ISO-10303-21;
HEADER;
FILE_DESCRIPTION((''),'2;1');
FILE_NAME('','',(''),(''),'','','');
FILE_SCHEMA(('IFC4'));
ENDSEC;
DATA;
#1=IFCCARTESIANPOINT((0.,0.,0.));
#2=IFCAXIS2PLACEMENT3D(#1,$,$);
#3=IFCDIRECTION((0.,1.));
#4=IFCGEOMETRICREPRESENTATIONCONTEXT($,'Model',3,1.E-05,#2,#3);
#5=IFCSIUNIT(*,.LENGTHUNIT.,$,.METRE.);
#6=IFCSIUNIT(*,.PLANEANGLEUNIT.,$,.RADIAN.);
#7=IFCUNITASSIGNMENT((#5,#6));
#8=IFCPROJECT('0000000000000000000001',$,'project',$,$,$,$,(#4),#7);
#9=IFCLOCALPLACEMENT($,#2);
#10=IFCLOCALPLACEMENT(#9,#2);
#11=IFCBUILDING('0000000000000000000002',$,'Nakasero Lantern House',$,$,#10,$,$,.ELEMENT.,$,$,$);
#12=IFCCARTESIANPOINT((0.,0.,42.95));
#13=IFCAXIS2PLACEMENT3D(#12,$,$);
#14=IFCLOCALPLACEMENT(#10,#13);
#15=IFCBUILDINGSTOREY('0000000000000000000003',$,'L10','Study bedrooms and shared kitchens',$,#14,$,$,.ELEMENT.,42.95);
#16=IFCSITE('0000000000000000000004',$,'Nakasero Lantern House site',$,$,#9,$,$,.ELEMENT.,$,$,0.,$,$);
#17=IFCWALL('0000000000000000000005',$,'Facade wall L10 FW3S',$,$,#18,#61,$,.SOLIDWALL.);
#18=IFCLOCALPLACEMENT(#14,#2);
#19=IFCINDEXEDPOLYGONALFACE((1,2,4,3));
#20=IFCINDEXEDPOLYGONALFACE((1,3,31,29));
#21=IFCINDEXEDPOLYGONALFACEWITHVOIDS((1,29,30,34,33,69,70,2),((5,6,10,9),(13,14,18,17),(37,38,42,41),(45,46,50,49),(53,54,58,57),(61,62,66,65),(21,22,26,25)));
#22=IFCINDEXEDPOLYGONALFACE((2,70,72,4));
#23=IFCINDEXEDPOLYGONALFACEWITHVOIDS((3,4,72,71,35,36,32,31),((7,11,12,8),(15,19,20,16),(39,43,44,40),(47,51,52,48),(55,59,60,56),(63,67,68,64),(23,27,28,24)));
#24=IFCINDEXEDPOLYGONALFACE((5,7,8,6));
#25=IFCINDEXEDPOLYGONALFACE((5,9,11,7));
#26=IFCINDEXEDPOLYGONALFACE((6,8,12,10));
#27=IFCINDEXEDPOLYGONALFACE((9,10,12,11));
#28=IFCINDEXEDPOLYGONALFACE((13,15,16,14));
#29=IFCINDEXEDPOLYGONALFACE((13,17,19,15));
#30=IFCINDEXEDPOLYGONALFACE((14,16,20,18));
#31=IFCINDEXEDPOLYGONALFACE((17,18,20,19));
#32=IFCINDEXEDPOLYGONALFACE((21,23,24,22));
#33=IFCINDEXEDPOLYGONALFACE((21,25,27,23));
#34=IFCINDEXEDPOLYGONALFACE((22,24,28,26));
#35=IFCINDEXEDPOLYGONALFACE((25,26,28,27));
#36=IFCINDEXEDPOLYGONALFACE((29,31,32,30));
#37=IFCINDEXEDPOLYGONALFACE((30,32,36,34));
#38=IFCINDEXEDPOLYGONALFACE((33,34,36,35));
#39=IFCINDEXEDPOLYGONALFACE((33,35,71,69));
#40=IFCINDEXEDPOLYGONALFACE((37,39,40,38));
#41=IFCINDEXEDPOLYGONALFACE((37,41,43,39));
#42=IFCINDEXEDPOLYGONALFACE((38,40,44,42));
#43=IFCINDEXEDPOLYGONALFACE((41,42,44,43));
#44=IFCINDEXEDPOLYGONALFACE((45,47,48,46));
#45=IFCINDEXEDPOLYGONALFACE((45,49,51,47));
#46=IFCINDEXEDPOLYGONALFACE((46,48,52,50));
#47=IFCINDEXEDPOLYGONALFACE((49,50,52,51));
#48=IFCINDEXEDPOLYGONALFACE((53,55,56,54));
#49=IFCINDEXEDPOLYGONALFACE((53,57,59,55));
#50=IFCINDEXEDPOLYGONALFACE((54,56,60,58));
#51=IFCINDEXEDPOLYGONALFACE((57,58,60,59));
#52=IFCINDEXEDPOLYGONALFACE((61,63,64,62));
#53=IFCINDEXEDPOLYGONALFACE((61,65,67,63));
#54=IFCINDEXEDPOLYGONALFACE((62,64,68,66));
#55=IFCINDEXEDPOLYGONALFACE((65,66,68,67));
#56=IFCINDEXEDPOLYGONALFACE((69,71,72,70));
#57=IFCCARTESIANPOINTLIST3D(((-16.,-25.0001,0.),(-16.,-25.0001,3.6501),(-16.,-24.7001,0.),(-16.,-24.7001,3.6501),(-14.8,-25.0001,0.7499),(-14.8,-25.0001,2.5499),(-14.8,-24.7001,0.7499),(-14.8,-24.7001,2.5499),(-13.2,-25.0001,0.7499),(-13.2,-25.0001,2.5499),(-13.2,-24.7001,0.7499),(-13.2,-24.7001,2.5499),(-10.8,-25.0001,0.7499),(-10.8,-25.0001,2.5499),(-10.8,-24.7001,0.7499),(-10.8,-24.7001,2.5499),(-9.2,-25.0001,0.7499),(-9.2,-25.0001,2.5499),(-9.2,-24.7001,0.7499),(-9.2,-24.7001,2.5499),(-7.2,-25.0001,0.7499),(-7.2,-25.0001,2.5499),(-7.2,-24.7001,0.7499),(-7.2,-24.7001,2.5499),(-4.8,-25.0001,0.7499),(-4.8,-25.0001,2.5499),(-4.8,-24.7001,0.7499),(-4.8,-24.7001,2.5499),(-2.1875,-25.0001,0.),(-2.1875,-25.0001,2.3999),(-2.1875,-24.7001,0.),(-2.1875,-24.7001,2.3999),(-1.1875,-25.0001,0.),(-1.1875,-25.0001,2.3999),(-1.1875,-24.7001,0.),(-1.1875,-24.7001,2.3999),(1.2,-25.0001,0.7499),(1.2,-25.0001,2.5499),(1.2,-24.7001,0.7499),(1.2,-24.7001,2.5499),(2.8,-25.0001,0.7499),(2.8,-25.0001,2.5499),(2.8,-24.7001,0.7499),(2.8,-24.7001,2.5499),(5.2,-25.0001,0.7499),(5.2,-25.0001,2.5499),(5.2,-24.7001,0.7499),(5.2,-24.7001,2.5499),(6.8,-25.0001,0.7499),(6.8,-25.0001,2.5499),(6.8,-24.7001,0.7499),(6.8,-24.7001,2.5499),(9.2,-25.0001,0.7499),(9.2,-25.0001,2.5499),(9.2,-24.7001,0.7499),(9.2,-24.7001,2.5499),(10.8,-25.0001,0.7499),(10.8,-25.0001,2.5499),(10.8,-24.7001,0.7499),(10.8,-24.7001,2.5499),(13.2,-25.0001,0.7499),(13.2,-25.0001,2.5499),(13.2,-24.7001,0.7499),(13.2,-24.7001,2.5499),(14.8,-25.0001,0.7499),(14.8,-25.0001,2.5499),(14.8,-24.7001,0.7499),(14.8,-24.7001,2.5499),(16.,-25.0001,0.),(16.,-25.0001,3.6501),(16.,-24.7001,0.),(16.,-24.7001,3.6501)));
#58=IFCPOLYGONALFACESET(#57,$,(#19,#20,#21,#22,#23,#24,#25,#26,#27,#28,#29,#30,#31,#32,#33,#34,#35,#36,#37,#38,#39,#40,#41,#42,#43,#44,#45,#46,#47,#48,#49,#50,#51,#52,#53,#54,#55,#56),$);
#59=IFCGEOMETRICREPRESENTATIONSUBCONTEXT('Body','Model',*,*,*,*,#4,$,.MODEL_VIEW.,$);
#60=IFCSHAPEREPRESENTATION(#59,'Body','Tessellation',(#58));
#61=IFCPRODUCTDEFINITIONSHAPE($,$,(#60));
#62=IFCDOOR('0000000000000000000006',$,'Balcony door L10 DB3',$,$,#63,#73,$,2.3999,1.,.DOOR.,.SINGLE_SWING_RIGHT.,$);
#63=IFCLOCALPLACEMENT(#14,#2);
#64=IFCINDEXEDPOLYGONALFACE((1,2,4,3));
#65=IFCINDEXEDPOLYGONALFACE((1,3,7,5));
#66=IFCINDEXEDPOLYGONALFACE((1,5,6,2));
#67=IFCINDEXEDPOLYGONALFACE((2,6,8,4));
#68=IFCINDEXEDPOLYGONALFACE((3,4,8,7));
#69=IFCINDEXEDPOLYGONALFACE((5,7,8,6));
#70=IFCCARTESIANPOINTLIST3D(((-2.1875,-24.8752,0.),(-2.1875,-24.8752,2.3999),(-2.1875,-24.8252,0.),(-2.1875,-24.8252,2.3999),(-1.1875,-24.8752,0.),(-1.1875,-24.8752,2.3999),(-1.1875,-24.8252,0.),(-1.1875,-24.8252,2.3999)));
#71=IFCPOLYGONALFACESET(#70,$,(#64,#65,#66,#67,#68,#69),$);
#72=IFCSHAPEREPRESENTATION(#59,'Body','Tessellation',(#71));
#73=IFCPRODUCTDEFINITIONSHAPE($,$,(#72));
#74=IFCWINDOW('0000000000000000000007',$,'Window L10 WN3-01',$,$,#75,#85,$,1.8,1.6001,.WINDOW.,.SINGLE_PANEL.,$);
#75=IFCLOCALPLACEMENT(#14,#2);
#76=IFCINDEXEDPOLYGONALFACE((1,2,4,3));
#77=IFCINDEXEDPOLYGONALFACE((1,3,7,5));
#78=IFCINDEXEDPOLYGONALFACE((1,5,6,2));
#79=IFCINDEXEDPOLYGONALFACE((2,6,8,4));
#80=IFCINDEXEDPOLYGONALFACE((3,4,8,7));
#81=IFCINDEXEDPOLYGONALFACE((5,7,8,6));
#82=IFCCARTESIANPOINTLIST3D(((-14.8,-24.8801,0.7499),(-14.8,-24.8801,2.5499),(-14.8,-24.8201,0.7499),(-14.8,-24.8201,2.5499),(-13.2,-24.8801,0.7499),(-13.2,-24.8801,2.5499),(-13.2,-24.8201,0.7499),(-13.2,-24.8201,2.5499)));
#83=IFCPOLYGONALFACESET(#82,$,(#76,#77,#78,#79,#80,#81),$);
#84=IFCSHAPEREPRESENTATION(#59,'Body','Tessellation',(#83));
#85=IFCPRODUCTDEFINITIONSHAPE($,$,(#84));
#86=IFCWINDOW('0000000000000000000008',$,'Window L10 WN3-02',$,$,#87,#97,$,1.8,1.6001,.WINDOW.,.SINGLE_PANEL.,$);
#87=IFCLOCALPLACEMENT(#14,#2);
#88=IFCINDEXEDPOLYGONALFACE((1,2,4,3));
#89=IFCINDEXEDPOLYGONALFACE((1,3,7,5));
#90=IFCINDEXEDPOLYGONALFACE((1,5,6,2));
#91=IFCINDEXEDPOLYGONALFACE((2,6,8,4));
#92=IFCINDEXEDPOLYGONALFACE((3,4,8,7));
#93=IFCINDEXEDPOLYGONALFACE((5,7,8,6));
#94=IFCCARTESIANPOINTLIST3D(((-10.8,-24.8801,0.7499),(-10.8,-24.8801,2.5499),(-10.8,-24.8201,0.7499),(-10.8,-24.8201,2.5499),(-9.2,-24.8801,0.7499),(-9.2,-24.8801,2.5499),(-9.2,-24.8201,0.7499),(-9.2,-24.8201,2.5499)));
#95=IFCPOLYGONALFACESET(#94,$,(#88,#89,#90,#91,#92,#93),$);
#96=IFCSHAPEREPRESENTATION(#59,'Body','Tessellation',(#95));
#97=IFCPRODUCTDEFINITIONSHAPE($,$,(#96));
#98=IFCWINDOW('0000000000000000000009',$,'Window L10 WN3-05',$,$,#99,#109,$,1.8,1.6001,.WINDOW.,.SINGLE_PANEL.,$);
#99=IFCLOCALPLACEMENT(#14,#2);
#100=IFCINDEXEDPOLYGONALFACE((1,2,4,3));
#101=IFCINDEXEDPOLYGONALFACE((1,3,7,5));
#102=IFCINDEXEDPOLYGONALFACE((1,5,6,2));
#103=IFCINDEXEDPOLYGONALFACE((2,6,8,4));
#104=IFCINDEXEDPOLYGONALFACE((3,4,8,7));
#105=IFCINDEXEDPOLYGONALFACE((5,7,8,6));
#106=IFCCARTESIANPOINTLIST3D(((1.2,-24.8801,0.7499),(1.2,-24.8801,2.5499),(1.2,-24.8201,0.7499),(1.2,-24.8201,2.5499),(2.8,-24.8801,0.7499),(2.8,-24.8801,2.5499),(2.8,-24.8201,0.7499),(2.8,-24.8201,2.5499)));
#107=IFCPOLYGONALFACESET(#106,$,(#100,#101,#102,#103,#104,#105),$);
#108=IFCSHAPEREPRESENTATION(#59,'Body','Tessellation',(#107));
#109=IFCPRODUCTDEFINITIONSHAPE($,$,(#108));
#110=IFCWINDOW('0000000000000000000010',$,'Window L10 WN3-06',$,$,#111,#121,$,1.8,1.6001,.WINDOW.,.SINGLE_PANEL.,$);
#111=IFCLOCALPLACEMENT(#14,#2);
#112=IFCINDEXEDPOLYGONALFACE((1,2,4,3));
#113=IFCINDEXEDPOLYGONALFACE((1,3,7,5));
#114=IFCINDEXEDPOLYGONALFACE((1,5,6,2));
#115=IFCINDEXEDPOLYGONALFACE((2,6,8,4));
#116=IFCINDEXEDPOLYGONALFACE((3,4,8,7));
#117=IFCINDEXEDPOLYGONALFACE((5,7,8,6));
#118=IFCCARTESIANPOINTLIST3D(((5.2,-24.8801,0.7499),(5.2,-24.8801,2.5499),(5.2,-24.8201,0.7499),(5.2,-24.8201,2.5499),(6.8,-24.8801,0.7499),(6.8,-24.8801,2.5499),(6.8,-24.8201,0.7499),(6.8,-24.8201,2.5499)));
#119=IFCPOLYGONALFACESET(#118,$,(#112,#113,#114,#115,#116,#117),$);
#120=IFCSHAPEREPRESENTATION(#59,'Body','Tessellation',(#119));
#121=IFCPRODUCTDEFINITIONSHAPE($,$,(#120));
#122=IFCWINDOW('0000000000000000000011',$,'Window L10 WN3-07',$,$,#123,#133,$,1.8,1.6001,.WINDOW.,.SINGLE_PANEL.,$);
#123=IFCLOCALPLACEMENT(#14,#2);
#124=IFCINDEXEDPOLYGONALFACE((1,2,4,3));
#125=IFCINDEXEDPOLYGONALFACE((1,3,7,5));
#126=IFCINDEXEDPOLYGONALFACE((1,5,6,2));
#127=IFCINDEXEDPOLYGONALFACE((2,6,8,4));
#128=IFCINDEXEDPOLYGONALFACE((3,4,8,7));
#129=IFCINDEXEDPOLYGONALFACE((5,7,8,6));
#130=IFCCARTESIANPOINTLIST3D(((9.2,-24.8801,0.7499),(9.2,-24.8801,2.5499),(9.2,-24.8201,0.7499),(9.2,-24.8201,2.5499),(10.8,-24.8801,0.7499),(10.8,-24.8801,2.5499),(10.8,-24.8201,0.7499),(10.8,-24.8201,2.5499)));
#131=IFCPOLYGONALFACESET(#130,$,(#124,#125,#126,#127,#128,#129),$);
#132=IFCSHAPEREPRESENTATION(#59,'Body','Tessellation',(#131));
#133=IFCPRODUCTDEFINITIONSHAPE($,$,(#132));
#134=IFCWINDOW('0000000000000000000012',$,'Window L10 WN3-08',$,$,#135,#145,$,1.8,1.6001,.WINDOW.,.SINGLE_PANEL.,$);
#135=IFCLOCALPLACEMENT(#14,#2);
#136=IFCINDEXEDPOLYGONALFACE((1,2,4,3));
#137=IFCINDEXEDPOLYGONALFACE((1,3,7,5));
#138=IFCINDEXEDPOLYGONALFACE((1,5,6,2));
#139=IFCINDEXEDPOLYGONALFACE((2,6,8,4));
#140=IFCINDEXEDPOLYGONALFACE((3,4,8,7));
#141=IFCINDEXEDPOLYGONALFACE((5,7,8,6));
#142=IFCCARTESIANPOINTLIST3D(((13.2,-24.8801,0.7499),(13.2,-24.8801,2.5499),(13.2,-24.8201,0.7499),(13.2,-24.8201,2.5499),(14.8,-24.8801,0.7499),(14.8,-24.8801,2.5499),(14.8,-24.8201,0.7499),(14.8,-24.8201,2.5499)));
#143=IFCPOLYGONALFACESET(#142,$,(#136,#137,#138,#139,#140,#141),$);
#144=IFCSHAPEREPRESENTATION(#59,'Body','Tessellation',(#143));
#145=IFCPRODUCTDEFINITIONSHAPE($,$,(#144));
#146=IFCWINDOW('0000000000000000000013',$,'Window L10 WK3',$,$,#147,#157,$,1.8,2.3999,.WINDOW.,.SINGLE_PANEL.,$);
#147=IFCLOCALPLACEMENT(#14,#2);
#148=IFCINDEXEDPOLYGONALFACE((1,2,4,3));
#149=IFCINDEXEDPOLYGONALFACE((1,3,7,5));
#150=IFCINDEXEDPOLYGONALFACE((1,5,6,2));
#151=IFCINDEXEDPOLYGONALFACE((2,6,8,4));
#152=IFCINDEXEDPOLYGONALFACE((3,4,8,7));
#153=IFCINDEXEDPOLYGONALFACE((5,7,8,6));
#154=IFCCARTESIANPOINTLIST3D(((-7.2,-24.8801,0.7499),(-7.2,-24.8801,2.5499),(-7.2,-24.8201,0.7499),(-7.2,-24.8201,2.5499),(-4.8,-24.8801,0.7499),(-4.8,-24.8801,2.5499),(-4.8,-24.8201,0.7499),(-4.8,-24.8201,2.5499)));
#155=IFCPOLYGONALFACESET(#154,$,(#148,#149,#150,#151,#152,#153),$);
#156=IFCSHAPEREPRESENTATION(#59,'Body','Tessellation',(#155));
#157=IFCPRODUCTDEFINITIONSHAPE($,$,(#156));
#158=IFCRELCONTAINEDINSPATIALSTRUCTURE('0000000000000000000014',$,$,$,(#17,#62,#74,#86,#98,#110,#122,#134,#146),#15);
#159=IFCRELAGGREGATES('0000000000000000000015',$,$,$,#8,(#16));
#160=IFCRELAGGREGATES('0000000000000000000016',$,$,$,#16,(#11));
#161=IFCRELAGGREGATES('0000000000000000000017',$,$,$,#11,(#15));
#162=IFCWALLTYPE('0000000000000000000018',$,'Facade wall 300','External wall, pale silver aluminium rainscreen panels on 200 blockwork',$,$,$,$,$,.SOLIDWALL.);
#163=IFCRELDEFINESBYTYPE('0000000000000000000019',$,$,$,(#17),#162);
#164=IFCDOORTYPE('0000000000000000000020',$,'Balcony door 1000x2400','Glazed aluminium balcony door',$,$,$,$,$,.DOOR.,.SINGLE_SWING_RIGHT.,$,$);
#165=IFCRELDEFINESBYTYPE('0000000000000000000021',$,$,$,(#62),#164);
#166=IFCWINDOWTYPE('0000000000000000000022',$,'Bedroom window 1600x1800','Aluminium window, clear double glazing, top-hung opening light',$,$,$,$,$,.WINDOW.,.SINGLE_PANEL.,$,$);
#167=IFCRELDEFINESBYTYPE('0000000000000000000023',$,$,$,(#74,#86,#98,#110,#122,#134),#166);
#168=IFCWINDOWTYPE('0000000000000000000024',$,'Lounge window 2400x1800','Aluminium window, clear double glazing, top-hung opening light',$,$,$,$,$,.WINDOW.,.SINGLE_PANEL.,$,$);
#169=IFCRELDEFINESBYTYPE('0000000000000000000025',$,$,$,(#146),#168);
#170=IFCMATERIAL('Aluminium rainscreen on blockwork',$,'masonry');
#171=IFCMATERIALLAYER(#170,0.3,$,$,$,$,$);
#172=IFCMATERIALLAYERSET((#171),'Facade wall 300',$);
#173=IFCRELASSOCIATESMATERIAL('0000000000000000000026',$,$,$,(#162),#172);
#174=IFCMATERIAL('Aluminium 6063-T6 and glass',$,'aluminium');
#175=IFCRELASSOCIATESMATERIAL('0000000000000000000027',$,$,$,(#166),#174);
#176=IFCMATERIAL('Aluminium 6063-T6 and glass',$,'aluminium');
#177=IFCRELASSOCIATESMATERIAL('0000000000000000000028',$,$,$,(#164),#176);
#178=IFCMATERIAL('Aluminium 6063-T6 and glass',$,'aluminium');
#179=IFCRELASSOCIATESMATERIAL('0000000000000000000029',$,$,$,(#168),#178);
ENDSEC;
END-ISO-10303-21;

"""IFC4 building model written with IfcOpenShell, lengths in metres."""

from ifc_helpers import new_model, si_unit, direction, frame, frame_2d, origin, place, context, subcontext, project, spatial, rectangle, extrude, material, layer, layer_set, type_object, element, fill, save


model = new_model("IFC4")

# Units and contexts
model_context = context("Model", 3, precision=1e-05, world=origin(), true_north=direction((0.0, 1.0)))
body_context = subcontext(model_context, "Body", "Model", "MODEL_VIEW")
ifc_project = project(units=[si_unit("LENGTHUNIT", "METRE"), si_unit("PLANEANGLEUNIT", "RADIAN")], contexts=[model_context])

# Site, building, storey
site_placement = place(None, origin())
site = spatial("IfcSite", under=ifc_project, at=site_placement, Name="Nakasero Lantern House site", CompositionType="ELEMENT", RefElevation=0.0)
building_placement = place(site_placement, origin())
building = spatial("IfcBuilding", under=site, at=building_placement, Name="Nakasero Lantern House", CompositionType="ELEMENT")
storey_placement = place(building_placement, frame((0.0, 0.0, 42.95)))
storey = spatial("IfcBuildingStorey", under=building, at=storey_placement, Name="L10", Description="Study bedrooms and shared kitchens", CompositionType="ELEMENT", Elevation=42.95)

# Shared definitions
ifc_material_1 = material(Name="Aluminium rainscreen on blockwork", Category="masonry")
ifc_layer_1 = layer(ifc_material_1, 0.3)
ifc_layer_set_1 = layer_set([ifc_layer_1], Name="Facade wall 300")
wall_type_1 = type_object("IfcWallType", Name="Facade wall 300", Description="External wall, pale silver aluminium rainscreen panels on 200 blockwork", PredefinedType="SOLIDWALL", material=ifc_layer_set_1)
ifc_material_2 = material(Name="Aluminium 6063-T6 and glass", Category="aluminium")
window_type_1 = type_object("IfcWindowType", Name="Bedroom window 1600x1800", Description="Aluminium window, clear double glazing, top-hung opening light", PartitioningType="SINGLE_PANEL", PredefinedType="WINDOW", material=ifc_material_2)

# Wall, openings, door, windows
wall_1_placement = place(storey_placement, frame((-16.0, -24.8501, 0.0), z_axis=(0.0, 0.0, 1.0), x_axis=(1.0, 0.0, 0.0)))
wall_1 = element("IfcWall", 1, at=wall_1_placement, inside=storey, type_object=wall_type_1, Name="Facade wall L10 FW3S", PredefinedType="SOLIDWALL", context=body_context, shape_type="SweptSolid", body=[
    extrude(rectangle(XDim=32.0, YDim=0.3, at=frame_2d((16.0, 0.0))), origin(), (0.0, 0.0, 1.0), 3.6501),
])
opening_1_placement = place(wall_1_placement, frame((1.2, 0.0, 0.75)))
opening_1 = element("IfcOpeningElement", 2, at=opening_1_placement, cuts=wall_1, PredefinedType="OPENING", context=body_context, shape_type="SweptSolid", body=[
    extrude(rectangle(XDim=1.6001, YDim=1.8, at=frame_2d((0.8, 0.8999))), frame((0.0, 0.1699, 0.0), z_axis=(0.0, -1.0, 0.0), x_axis=(1.0, 0.0, 0.0)), (0.0, 0.0, 1.0), 0.3401),
])
opening_2_placement = place(wall_1_placement, frame((5.2, 0.0, 0.75)))
opening_2 = element("IfcOpeningElement", 3, at=opening_2_placement, cuts=wall_1, PredefinedType="OPENING", context=body_context, shape_type="SweptSolid", body=[
    extrude(rectangle(XDim=1.6001, YDim=1.8, at=frame_2d((0.8, 0.8999))), frame((0.0, 0.1699, 0.0), z_axis=(0.0, -1.0, 0.0), x_axis=(1.0, 0.0, 0.0)), (0.0, 0.0, 1.0), 0.3401),
])
opening_3_placement = place(wall_1_placement, frame((17.2, 0.0, 0.75)))
opening_3 = element("IfcOpeningElement", 4, at=opening_3_placement, cuts=wall_1, PredefinedType="OPENING", context=body_context, shape_type="SweptSolid", body=[
    extrude(rectangle(XDim=1.6001, YDim=1.8, at=frame_2d((0.8, 0.8999))), frame((0.0, 0.1699, 0.0), z_axis=(0.0, -1.0, 0.0), x_axis=(1.0, 0.0, 0.0)), (0.0, 0.0, 1.0), 0.3401),
])
opening_4_placement = place(wall_1_placement, frame((21.2, 0.0, 0.75)))
opening_4 = element("IfcOpeningElement", 5, at=opening_4_placement, cuts=wall_1, PredefinedType="OPENING", context=body_context, shape_type="SweptSolid", body=[
    extrude(rectangle(XDim=1.6001, YDim=1.8, at=frame_2d((0.8, 0.8999))), frame((0.0, 0.1699, 0.0), z_axis=(0.0, -1.0, 0.0), x_axis=(1.0, 0.0, 0.0)), (0.0, 0.0, 1.0), 0.3401),
])
opening_5_placement = place(wall_1_placement, frame((25.2, 0.0, 0.75)))
opening_5 = element("IfcOpeningElement", 6, at=opening_5_placement, cuts=wall_1, PredefinedType="OPENING", context=body_context, shape_type="SweptSolid", body=[
    extrude(rectangle(XDim=1.6001, YDim=1.8, at=frame_2d((0.8, 0.8999))), frame((0.0, 0.1699, 0.0), z_axis=(0.0, -1.0, 0.0), x_axis=(1.0, 0.0, 0.0)), (0.0, 0.0, 1.0), 0.3401),
])
opening_6_placement = place(wall_1_placement, frame((29.2, 0.0, 0.75)))
opening_6 = element("IfcOpeningElement", 7, at=opening_6_placement, cuts=wall_1, PredefinedType="OPENING", context=body_context, shape_type="SweptSolid", body=[
    extrude(rectangle(XDim=1.6001, YDim=1.8, at=frame_2d((0.8, 0.8999))), frame((0.0, 0.1699, 0.0), z_axis=(0.0, -1.0, 0.0), x_axis=(1.0, 0.0, 0.0)), (0.0, 0.0, 1.0), 0.3401),
])
opening_7_placement = place(wall_1_placement, frame((8.8, 0.0, 0.75)))
opening_7 = element("IfcOpeningElement", 8, at=opening_7_placement, cuts=wall_1, PredefinedType="OPENING", context=body_context, shape_type="SweptSolid", body=[
    extrude(rectangle(XDim=2.3999, YDim=1.8, at=frame_2d((1.2, 0.8999))), frame((0.0, 0.1699, 0.0), z_axis=(0.0, -1.0, 0.0), x_axis=(1.0, 0.0, 0.0)), (0.0, 0.0, 1.0), 0.3401),
])
opening_8_placement = place(wall_1_placement, frame((13.8125, 0.0, 0.0)))
opening_8 = element("IfcOpeningElement", 9, at=opening_8_placement, cuts=wall_1, PredefinedType="OPENING", context=body_context, shape_type="SweptSolid", body=[
    extrude(rectangle(XDim=1.0, YDim=2.3999, at=frame_2d((0.5, 1.2))), frame((0.0, 0.1699, 0.0), z_axis=(0.0, -1.0, 0.0), x_axis=(1.0, 0.0, 0.0)), (0.0, 0.0, 1.0), 0.3401),
])
ifc_material_3 = material(Name="Aluminium 6063-T6 and glass", Category="aluminium")
door_type_1 = type_object("IfcDoorType", Name="Balcony door 1000x2400", Description="Glazed aluminium balcony door", OperationType="SINGLE_SWING_RIGHT", PredefinedType="DOOR", material=ifc_material_3)
door_1_placement = place(opening_8_placement, origin())
door_1 = element("IfcDoor", 10, at=door_1_placement, inside=storey, type_object=door_type_1, Name="Balcony door L10 DB3", OperationType="SINGLE_SWING_RIGHT", OverallHeight=2.3999, OverallWidth=1.0, PredefinedType="DOOR", context=body_context, shape_type="SweptSolid", body=[
    extrude(rectangle(XDim=1.0, YDim=2.3999, at=frame_2d((0.5, 1.2))), frame((0.0, 0.0249, 0.0), z_axis=(0.0, -1.0, 0.0), x_axis=(1.0, 0.0, 0.0)), (0.0, 0.0, 1.0), 0.05),
])
fill(opening_8, door_1)
window_1_placement = place(opening_1_placement, origin())
window_1 = element("IfcWindow", 11, at=window_1_placement, inside=storey, type_object=window_type_1, Name="Window L10 WN3-01", OverallHeight=1.8, OverallWidth=1.6001, PartitioningType="SINGLE_PANEL", PredefinedType="WINDOW", context=body_context, shape_type="SweptSolid", body=[
    extrude(rectangle(XDim=1.6001, YDim=1.8, at=frame_2d((0.8, 0.8999))), frame((0.0, 0.03, 0.0), z_axis=(0.0, -1.0, 0.0), x_axis=(1.0, 0.0, 0.0)), (0.0, 0.0, 1.0), 0.0601),
])
fill(opening_1, window_1)
window_2_placement = place(opening_2_placement, origin())
window_2 = element("IfcWindow", 12, at=window_2_placement, inside=storey, type_object=window_type_1, Name="Window L10 WN3-02", OverallHeight=1.8, OverallWidth=1.6001, PartitioningType="SINGLE_PANEL", PredefinedType="WINDOW", context=body_context, shape_type="SweptSolid", body=[
    extrude(rectangle(XDim=1.6001, YDim=1.8, at=frame_2d((0.8, 0.8999))), frame((0.0, 0.03, 0.0), z_axis=(0.0, -1.0, 0.0), x_axis=(1.0, 0.0, 0.0)), (0.0, 0.0, 1.0), 0.0601),
])
fill(opening_2, window_2)
window_3_placement = place(opening_3_placement, origin())
window_3 = element("IfcWindow", 13, at=window_3_placement, inside=storey, type_object=window_type_1, Name="Window L10 WN3-05", OverallHeight=1.8, OverallWidth=1.6001, PartitioningType="SINGLE_PANEL", PredefinedType="WINDOW", context=body_context, shape_type="SweptSolid", body=[
    extrude(rectangle(XDim=1.6001, YDim=1.8, at=frame_2d((0.8, 0.8999))), frame((0.0, 0.03, 0.0), z_axis=(0.0, -1.0, 0.0), x_axis=(1.0, 0.0, 0.0)), (0.0, 0.0, 1.0), 0.0601),
])
fill(opening_3, window_3)
window_4_placement = place(opening_4_placement, origin())
window_4 = element("IfcWindow", 14, at=window_4_placement, inside=storey, type_object=window_type_1, Name="Window L10 WN3-06", OverallHeight=1.8, OverallWidth=1.6001, PartitioningType="SINGLE_PANEL", PredefinedType="WINDOW", context=body_context, shape_type="SweptSolid", body=[
    extrude(rectangle(XDim=1.6001, YDim=1.8, at=frame_2d((0.8, 0.8999))), frame((0.0, 0.03, 0.0), z_axis=(0.0, -1.0, 0.0), x_axis=(1.0, 0.0, 0.0)), (0.0, 0.0, 1.0), 0.0601),
])
fill(opening_4, window_4)
window_5_placement = place(opening_5_placement, origin())
window_5 = element("IfcWindow", 15, at=window_5_placement, inside=storey, type_object=window_type_1, Name="Window L10 WN3-07", OverallHeight=1.8, OverallWidth=1.6001, PartitioningType="SINGLE_PANEL", PredefinedType="WINDOW", context=body_context, shape_type="SweptSolid", body=[
    extrude(rectangle(XDim=1.6001, YDim=1.8, at=frame_2d((0.8, 0.8999))), frame((0.0, 0.03, 0.0), z_axis=(0.0, -1.0, 0.0), x_axis=(1.0, 0.0, 0.0)), (0.0, 0.0, 1.0), 0.0601),
])
fill(opening_5, window_5)
window_6_placement = place(opening_6_placement, origin())
window_6 = element("IfcWindow", 16, at=window_6_placement, inside=storey, type_object=window_type_1, Name="Window L10 WN3-08", OverallHeight=1.8, OverallWidth=1.6001, PartitioningType="SINGLE_PANEL", PredefinedType="WINDOW", context=body_context, shape_type="SweptSolid", body=[
    extrude(rectangle(XDim=1.6001, YDim=1.8, at=frame_2d((0.8, 0.8999))), frame((0.0, 0.03, 0.0), z_axis=(0.0, -1.0, 0.0), x_axis=(1.0, 0.0, 0.0)), (0.0, 0.0, 1.0), 0.0601),
])
fill(opening_6, window_6)
ifc_material_4 = material(Name="Aluminium 6063-T6 and glass", Category="aluminium")
window_type_2 = type_object("IfcWindowType", Name="Lounge window 2400x1800", Description="Aluminium window, clear double glazing, top-hung opening light", PartitioningType="SINGLE_PANEL", PredefinedType="WINDOW", material=ifc_material_4)
window_7_placement = place(opening_7_placement, origin())
window_7 = element("IfcWindow", 17, at=window_7_placement, inside=storey, type_object=window_type_2, Name="Window L10 WK3", OverallHeight=1.8, OverallWidth=2.3999, PartitioningType="SINGLE_PANEL", PredefinedType="WINDOW", context=body_context, shape_type="SweptSolid", body=[
    extrude(rectangle(XDim=2.3999, YDim=1.8, at=frame_2d((1.2, 0.8999))), frame((0.0, 0.03, 0.0), z_axis=(0.0, -1.0, 0.0), x_axis=(1.0, 0.0, 0.0)), (0.0, 0.0, 1.0), 0.0601),
])
fill(opening_7, window_7)

save(model, "model.ifc")
